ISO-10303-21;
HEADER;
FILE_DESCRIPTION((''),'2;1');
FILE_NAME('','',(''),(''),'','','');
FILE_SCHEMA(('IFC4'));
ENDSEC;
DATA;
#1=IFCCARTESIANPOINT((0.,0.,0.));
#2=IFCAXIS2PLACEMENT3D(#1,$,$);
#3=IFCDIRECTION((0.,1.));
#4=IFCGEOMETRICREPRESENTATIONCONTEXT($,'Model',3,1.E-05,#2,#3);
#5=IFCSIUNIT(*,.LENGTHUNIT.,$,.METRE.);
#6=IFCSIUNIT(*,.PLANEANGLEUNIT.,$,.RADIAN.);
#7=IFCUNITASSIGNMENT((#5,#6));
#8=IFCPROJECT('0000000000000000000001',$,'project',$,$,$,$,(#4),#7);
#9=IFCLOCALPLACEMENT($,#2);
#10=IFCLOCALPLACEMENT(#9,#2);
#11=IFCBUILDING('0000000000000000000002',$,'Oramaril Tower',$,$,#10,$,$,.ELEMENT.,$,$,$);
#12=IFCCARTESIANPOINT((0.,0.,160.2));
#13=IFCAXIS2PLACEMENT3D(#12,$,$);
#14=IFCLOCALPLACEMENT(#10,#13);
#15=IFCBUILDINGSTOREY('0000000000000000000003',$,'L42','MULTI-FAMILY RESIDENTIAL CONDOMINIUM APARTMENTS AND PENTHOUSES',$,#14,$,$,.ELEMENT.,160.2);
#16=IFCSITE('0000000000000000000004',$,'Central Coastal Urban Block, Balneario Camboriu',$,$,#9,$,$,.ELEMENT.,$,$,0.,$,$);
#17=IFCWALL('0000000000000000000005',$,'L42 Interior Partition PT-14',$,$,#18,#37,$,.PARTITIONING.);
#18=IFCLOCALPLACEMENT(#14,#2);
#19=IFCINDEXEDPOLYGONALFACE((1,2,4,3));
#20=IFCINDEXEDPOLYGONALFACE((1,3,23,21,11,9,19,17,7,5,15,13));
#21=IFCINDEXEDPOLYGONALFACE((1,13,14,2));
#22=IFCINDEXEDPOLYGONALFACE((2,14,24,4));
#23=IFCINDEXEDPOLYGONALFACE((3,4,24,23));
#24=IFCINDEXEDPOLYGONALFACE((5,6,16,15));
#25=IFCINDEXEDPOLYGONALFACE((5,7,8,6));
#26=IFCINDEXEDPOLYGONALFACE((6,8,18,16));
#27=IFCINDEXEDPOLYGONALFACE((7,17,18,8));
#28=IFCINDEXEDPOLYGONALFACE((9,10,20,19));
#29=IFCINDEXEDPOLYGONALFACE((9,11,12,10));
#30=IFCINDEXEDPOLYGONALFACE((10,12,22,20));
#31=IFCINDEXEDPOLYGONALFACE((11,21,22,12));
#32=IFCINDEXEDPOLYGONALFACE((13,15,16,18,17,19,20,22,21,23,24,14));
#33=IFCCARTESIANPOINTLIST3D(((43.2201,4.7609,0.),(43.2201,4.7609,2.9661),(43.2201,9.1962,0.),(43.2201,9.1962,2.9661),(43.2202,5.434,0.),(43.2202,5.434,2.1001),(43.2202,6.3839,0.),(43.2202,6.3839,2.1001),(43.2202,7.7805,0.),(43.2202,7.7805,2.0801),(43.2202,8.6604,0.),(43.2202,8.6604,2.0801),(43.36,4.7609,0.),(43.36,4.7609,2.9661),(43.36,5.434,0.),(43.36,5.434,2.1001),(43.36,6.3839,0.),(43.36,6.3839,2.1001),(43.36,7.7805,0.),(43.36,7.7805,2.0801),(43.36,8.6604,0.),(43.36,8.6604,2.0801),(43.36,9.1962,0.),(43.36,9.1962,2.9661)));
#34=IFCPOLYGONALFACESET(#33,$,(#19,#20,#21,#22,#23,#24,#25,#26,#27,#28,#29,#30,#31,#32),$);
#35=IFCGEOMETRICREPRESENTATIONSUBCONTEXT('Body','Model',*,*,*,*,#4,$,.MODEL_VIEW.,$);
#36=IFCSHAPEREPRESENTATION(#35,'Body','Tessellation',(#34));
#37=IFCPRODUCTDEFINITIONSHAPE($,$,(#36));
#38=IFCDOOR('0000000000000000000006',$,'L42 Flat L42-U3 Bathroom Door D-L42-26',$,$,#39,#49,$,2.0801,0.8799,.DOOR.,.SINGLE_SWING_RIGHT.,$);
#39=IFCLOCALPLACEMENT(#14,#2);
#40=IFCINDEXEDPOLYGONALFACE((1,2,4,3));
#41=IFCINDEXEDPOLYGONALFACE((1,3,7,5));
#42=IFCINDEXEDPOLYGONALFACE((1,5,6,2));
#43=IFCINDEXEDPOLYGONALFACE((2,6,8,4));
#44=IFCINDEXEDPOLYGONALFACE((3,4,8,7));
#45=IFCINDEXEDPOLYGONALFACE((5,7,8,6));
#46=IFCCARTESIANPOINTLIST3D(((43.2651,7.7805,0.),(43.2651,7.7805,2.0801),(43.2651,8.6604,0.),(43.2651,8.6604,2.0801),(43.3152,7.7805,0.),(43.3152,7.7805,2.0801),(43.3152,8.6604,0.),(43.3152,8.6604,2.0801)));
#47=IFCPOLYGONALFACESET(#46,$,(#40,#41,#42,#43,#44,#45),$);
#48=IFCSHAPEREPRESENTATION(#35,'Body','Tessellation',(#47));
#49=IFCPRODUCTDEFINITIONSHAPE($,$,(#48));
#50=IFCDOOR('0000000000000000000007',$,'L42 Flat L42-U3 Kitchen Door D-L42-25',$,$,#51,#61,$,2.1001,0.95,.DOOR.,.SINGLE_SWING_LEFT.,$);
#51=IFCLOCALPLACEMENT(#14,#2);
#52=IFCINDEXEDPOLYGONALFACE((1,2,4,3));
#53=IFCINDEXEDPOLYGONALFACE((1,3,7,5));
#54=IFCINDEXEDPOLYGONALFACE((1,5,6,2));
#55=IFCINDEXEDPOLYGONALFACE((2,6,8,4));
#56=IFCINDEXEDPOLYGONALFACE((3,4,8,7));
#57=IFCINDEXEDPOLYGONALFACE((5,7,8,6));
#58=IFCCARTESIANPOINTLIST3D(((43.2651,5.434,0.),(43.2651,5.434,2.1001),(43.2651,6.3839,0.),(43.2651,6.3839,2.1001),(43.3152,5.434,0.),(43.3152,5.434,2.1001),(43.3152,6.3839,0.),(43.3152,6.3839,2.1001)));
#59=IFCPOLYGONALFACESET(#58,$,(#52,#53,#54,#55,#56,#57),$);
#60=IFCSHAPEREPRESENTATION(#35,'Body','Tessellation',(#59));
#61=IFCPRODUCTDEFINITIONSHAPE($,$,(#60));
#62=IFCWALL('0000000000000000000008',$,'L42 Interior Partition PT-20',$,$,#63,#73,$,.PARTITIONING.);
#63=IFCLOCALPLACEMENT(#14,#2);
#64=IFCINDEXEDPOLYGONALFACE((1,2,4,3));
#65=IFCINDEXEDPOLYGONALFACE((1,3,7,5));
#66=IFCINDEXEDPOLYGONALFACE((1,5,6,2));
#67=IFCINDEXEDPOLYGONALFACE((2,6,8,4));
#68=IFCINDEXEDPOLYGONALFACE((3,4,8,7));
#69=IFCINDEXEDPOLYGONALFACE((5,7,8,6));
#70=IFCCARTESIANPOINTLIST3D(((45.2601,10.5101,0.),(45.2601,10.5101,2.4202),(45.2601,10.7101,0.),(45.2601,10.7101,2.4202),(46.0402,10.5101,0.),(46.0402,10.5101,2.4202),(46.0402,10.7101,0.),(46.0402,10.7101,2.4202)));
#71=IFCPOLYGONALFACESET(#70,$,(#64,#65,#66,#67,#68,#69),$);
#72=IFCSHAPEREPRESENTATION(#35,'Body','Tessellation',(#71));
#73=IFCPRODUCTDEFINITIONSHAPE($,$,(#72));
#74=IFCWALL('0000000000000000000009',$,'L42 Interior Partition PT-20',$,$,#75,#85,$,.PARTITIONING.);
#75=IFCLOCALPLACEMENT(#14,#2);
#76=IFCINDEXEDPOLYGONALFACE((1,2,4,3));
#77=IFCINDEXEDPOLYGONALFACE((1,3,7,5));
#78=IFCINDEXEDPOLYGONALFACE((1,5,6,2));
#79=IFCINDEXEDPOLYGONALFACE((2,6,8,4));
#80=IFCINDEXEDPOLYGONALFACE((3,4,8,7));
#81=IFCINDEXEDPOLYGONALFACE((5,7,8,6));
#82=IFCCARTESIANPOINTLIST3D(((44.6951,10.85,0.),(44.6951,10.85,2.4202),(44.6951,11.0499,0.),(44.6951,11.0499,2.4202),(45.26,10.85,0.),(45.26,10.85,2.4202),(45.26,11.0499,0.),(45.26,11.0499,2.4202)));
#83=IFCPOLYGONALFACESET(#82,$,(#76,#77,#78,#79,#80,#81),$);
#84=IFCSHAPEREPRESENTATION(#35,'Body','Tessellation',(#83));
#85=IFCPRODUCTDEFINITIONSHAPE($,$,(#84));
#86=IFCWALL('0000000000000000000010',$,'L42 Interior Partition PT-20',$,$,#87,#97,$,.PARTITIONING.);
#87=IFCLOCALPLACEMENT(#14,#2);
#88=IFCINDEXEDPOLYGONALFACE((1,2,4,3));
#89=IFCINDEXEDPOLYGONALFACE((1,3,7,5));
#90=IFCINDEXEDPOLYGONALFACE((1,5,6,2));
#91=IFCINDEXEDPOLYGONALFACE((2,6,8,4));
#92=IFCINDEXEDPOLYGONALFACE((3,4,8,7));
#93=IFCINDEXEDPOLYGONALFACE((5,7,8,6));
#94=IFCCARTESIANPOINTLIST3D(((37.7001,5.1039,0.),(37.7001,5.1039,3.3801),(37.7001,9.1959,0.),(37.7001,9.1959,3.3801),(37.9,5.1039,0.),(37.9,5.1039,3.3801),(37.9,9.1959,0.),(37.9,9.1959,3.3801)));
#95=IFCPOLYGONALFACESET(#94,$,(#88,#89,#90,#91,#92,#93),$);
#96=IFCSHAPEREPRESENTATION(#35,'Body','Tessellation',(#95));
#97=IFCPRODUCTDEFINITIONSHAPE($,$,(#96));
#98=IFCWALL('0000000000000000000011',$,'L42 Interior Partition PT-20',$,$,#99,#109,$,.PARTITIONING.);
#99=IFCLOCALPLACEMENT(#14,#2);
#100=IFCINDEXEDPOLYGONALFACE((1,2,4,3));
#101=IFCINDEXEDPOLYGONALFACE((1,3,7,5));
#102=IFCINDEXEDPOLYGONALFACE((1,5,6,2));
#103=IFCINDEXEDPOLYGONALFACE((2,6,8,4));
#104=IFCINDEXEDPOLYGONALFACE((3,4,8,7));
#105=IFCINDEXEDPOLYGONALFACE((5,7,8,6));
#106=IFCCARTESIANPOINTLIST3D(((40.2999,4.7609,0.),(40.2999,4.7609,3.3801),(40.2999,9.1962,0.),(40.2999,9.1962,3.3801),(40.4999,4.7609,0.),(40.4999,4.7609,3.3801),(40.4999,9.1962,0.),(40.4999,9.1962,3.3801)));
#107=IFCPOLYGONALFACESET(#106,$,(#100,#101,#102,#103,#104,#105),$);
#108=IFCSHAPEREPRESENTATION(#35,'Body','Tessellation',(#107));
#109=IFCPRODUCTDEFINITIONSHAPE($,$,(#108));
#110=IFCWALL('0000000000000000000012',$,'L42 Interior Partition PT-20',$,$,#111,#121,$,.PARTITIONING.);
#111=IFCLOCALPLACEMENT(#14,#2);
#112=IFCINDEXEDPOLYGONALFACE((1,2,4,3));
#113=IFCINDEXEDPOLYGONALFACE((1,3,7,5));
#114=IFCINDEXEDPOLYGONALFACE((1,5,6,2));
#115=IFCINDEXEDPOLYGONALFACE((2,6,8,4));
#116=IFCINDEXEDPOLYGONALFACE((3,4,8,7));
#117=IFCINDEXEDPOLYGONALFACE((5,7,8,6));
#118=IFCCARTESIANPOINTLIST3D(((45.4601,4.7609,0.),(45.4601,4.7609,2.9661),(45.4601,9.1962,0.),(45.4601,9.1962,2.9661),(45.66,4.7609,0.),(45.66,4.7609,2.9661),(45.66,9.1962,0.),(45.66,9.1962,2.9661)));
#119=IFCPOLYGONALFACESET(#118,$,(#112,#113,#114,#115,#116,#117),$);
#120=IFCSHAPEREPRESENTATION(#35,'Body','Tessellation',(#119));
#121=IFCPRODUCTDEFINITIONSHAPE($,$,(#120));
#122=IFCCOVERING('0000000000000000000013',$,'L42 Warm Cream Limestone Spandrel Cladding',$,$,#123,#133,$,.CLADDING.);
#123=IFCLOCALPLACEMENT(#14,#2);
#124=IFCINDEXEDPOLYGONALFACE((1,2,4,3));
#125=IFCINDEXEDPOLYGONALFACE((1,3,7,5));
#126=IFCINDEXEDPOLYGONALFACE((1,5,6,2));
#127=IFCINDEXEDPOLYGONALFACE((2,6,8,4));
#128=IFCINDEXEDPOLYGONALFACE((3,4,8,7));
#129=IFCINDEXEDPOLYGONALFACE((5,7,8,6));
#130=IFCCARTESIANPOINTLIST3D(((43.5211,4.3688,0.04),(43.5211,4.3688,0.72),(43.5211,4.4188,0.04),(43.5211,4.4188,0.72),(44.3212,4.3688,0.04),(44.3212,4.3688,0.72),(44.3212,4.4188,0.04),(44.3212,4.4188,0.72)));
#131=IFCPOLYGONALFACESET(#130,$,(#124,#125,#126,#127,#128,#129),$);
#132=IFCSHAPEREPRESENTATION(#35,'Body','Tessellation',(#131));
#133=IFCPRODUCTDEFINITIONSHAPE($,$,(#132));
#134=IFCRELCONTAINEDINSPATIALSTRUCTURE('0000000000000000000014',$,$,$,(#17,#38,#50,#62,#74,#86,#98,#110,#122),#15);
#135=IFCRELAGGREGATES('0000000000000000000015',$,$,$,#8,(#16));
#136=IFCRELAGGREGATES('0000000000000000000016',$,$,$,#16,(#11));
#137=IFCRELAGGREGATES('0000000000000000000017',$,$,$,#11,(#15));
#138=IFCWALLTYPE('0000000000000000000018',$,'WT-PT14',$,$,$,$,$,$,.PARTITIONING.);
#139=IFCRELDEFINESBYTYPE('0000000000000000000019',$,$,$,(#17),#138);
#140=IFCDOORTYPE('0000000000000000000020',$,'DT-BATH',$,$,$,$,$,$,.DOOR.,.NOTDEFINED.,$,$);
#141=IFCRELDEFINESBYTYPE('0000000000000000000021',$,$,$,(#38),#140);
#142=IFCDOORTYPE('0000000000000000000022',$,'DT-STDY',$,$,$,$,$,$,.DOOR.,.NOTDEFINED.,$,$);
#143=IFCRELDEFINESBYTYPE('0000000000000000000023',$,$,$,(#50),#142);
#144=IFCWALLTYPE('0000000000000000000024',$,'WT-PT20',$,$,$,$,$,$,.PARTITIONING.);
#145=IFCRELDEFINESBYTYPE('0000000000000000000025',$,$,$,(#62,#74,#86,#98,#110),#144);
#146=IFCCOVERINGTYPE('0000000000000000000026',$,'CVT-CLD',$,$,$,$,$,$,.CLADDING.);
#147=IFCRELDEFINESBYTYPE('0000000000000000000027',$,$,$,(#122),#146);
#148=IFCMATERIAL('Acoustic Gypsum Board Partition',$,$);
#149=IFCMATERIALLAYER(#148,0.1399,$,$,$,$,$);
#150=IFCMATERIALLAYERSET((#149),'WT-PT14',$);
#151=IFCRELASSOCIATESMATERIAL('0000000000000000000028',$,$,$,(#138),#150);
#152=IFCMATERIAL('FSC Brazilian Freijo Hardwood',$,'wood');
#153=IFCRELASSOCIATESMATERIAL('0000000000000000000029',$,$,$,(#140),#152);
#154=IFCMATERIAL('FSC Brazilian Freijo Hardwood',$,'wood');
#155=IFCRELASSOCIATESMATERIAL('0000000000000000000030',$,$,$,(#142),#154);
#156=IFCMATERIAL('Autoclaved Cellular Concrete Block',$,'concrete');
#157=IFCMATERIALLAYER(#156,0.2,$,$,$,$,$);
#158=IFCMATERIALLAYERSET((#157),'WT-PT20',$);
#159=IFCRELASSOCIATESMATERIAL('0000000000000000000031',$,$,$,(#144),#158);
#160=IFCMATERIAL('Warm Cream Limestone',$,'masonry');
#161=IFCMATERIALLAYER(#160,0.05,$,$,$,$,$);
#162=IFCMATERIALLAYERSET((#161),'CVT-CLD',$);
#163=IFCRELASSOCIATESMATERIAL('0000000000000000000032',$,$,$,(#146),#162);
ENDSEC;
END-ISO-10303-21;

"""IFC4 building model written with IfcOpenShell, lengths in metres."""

from ifc_helpers import new_model, si_unit, direction, frame, frame_2d, origin, origin_2d, place, context, subcontext, project, spatial, rectangle, extrude, material, layer, layer_set, type_object, element, fill, save


model = new_model("IFC4")

# Units and contexts
model_context = context("Model", 3, precision=1e-05, world=origin(), true_north=direction((0.0, 1.0)))
body_context = subcontext(model_context, "Body", "Model", "MODEL_VIEW")
ifc_project = project(units=[si_unit("LENGTHUNIT", "METRE"), si_unit("PLANEANGLEUNIT", "RADIAN")], contexts=[model_context])

# Site, building, storey
site_placement = place(None, origin())
site = spatial("IfcSite", under=ifc_project, at=site_placement, Name="Central Coastal Urban Block, Balneario Camboriu", CompositionType="ELEMENT", RefElevation=0.0)
building_placement = place(site_placement, origin())
building = spatial("IfcBuilding", under=site, at=building_placement, Name="Oramaril Tower", CompositionType="ELEMENT")
storey_placement = place(building_placement, frame((0.0, 0.0, 160.2)))
storey = spatial("IfcBuildingStorey", under=building, at=storey_placement, Name="L42", Description="MULTI-FAMILY RESIDENTIAL CONDOMINIUM APARTMENTS AND PENTHOUSES", CompositionType="ELEMENT", Elevation=160.2)

# Wall, openings, doors
ifc_material_1 = material(Name="Acoustic Gypsum Board Partition")
ifc_layer_1 = layer(ifc_material_1, 0.1399)
ifc_layer_set_1 = layer_set([ifc_layer_1], Name="WT-PT14")
wall_type_1 = type_object("IfcWallType", Name="WT-PT14", PredefinedType="PARTITIONING", material=ifc_layer_set_1)
wall_1_placement = place(storey_placement, frame((43.29, 4.7607, 0.0), z_axis=(0.0, 0.0, 1.0), x_axis=(0.0, 1.0, 0.0)))
wall_1 = element("IfcWall", 1, at=wall_1_placement, inside=storey, type_object=wall_type_1, Name="L42 Interior Partition PT-14", PredefinedType="PARTITIONING", context=body_context, shape_type="SweptSolid", body=[
    extrude(rectangle(XDim=4.4353, YDim=0.1399, at=frame_2d((2.2178, 0.0))), origin(), (0.0, 0.0, 1.0), 2.9661),
])
opening_1_placement = place(wall_1_placement, frame((0.6731, 0.0, 0.0)))
opening_1 = element("IfcOpeningElement", 2, at=opening_1_placement, cuts=wall_1, PredefinedType="OPENING", context=body_context, shape_type="SweptSolid", body=[
    extrude(rectangle(XDim=0.95, YDim=2.1001, at=frame_2d((0.4751, 1.05))), frame((0.0, 0.0698, 0.0), z_axis=(0.0, -1.0, 0.0), x_axis=(1.0, 0.0, 0.0)), (0.0, 0.0, 1.0), 0.1399),
])
opening_2_placement = place(wall_1_placement, frame((3.0198, 0.0, 0.0)))
opening_2 = element("IfcOpeningElement", 3, at=opening_2_placement, cuts=wall_1, PredefinedType="OPENING", context=body_context, shape_type="SweptSolid", body=[
    extrude(rectangle(XDim=0.8799, YDim=2.0801, at=frame_2d((0.4399, 1.04))), frame((0.0, 0.0698, 0.0), z_axis=(0.0, -1.0, 0.0), x_axis=(1.0, 0.0, 0.0)), (0.0, 0.0, 1.0), 0.1399),
])
ifc_material_2 = material(Name="FSC Brazilian Freijo Hardwood", Category="wood")
door_type_1 = type_object("IfcDoorType", Name="DT-BATH", OperationType="NOTDEFINED", PredefinedType="DOOR", material=ifc_material_2)
door_1_placement = place(opening_2_placement, origin())
door_1 = element("IfcDoor", 4, at=door_1_placement, inside=storey, type_object=door_type_1, Name="L42 Flat L42-U3 Bathroom Door D-L42-26", OperationType="SINGLE_SWING_RIGHT", OverallHeight=2.0801, OverallWidth=0.8799, PredefinedType="DOOR", context=body_context, shape_type="SweptSolid", body=[
    extrude(rectangle(XDim=0.8799, YDim=2.0801, at=frame_2d((0.4399, 1.04))), frame((0.0, 0.0249, 0.0), z_axis=(0.0, -1.0, 0.0), x_axis=(1.0, 0.0, 0.0)), (0.0, 0.0, 1.0), 0.05),
])
fill(opening_2, door_1)
ifc_material_3 = material(Name="FSC Brazilian Freijo Hardwood", Category="wood")
door_type_2 = type_object("IfcDoorType", Name="DT-STDY", OperationType="NOTDEFINED", PredefinedType="DOOR", material=ifc_material_3)
door_2_placement = place(opening_1_placement, origin())
door_2 = element("IfcDoor", 5, at=door_2_placement, inside=storey, type_object=door_type_2, Name="L42 Flat L42-U3 Kitchen Door D-L42-25", OperationType="SINGLE_SWING_LEFT", OverallHeight=2.1001, OverallWidth=0.95, PredefinedType="DOOR", context=body_context, shape_type="SweptSolid", body=[
    extrude(rectangle(XDim=0.95, YDim=2.1001, at=frame_2d((0.4751, 1.05))), frame((0.0, 0.0249, 0.0), z_axis=(0.0, -1.0, 0.0), x_axis=(1.0, 0.0, 0.0)), (0.0, 0.0, 1.0), 0.05),
])
fill(opening_1, door_2)

# Walls
ifc_material_4 = material(Name="Autoclaved Cellular Concrete Block", Category="concrete")
ifc_layer_2 = layer(ifc_material_4, 0.2)
ifc_layer_set_2 = layer_set([ifc_layer_2], Name="WT-PT20")
wall_type_2 = type_object("IfcWallType", Name="WT-PT20", PredefinedType="PARTITIONING", material=ifc_layer_set_2)
wall_2_placement = place(storey_placement, frame((45.26, 10.6101, 0.0), z_axis=(0.0, 0.0, 1.0), x_axis=(1.0, 0.0, 0.0)))
element("IfcWall", 6, at=wall_2_placement, inside=storey, type_object=wall_type_2, Name="L42 Interior Partition PT-20", PredefinedType="PARTITIONING", context=body_context, shape_type="SweptSolid", body=[
    extrude(rectangle(XDim=0.78, YDim=0.2, at=frame_2d((0.3901, 0.0))), origin(), (0.0, 0.0, 1.0), 2.4202),
])
wall_3_placement = place(storey_placement, frame((44.6951, 10.95, 0.0), z_axis=(0.0, 0.0, 1.0), x_axis=(1.0, 0.0, 0.0)))
element("IfcWall", 7, at=wall_3_placement, inside=storey, type_object=wall_type_2, Name="L42 Interior Partition PT-20", PredefinedType="PARTITIONING", context=body_context, shape_type="SweptSolid", body=[
    extrude(rectangle(XDim=0.5649, YDim=0.2, at=frame_2d((0.2825, 0.0))), origin(), (0.0, 0.0, 1.0), 2.4202),
])
wall_4_placement = place(storey_placement, frame((37.8, 5.104, 0.0), z_axis=(0.0, 0.0, 1.0), x_axis=(0.0, 1.0, 0.0)))
element("IfcWall", 8, at=wall_4_placement, inside=storey, type_object=wall_type_2, Name="L42 Interior Partition PT-20", PredefinedType="PARTITIONING", context=body_context, shape_type="SweptSolid", body=[
    extrude(rectangle(XDim=4.092, YDim=0.2, at=frame_2d((2.0459, 0.0))), origin(), (0.0, 0.0, 1.0), 3.3801),
])
wall_5_placement = place(storey_placement, frame((40.3999, 4.7607, 0.0), z_axis=(0.0, 0.0, 1.0), x_axis=(0.0, 1.0, 0.0)))
element("IfcWall", 9, at=wall_5_placement, inside=storey, type_object=wall_type_2, Name="L42 Interior Partition PT-20", PredefinedType="PARTITIONING", context=body_context, shape_type="SweptSolid", body=[
    extrude(rectangle(XDim=4.4353, YDim=0.2, at=frame_2d((2.2178, 0.0))), origin(), (0.0, 0.0, 1.0), 3.3801),
])
wall_6_placement = place(storey_placement, frame((45.5601, 4.7607, 0.0), z_axis=(0.0, 0.0, 1.0), x_axis=(0.0, 1.0, 0.0)))
element("IfcWall", 10, at=wall_6_placement, inside=storey, type_object=wall_type_2, Name="L42 Interior Partition PT-20", PredefinedType="PARTITIONING", context=body_context, shape_type="SweptSolid", body=[
    extrude(rectangle(XDim=4.4353, YDim=0.2, at=frame_2d((2.2178, 0.0))), origin(), (0.0, 0.0, 1.0), 2.9661),
])

# Covering
ifc_material_5 = material(Name="Warm Cream Limestone", Category="masonry")
ifc_layer_3 = layer(ifc_material_5, 0.05)
ifc_layer_set_3 = layer_set([ifc_layer_3], Name="CVT-CLD")
covering_type = type_object("IfcCoveringType", Name="CVT-CLD", PredefinedType="CLADDING", material=ifc_layer_set_3)
covering_placement = place(storey_placement, frame((43.9211, 4.3938, 0.04), z_axis=(0.0, 0.0, 1.0), x_axis=(1.0, 0.0, 0.0)))
element("IfcCovering", 11, at=covering_placement, inside=storey, type_object=covering_type, Name="L42 Warm Cream Limestone Spandrel Cladding", PredefinedType="CLADDING", context=body_context, shape_type="SweptSolid", body=[
    extrude(rectangle(XDim=0.8, YDim=0.05, at=origin_2d()), origin(), (0.0, 0.0, 1.0), 0.6799),
])

save(model, "model.ifc")
